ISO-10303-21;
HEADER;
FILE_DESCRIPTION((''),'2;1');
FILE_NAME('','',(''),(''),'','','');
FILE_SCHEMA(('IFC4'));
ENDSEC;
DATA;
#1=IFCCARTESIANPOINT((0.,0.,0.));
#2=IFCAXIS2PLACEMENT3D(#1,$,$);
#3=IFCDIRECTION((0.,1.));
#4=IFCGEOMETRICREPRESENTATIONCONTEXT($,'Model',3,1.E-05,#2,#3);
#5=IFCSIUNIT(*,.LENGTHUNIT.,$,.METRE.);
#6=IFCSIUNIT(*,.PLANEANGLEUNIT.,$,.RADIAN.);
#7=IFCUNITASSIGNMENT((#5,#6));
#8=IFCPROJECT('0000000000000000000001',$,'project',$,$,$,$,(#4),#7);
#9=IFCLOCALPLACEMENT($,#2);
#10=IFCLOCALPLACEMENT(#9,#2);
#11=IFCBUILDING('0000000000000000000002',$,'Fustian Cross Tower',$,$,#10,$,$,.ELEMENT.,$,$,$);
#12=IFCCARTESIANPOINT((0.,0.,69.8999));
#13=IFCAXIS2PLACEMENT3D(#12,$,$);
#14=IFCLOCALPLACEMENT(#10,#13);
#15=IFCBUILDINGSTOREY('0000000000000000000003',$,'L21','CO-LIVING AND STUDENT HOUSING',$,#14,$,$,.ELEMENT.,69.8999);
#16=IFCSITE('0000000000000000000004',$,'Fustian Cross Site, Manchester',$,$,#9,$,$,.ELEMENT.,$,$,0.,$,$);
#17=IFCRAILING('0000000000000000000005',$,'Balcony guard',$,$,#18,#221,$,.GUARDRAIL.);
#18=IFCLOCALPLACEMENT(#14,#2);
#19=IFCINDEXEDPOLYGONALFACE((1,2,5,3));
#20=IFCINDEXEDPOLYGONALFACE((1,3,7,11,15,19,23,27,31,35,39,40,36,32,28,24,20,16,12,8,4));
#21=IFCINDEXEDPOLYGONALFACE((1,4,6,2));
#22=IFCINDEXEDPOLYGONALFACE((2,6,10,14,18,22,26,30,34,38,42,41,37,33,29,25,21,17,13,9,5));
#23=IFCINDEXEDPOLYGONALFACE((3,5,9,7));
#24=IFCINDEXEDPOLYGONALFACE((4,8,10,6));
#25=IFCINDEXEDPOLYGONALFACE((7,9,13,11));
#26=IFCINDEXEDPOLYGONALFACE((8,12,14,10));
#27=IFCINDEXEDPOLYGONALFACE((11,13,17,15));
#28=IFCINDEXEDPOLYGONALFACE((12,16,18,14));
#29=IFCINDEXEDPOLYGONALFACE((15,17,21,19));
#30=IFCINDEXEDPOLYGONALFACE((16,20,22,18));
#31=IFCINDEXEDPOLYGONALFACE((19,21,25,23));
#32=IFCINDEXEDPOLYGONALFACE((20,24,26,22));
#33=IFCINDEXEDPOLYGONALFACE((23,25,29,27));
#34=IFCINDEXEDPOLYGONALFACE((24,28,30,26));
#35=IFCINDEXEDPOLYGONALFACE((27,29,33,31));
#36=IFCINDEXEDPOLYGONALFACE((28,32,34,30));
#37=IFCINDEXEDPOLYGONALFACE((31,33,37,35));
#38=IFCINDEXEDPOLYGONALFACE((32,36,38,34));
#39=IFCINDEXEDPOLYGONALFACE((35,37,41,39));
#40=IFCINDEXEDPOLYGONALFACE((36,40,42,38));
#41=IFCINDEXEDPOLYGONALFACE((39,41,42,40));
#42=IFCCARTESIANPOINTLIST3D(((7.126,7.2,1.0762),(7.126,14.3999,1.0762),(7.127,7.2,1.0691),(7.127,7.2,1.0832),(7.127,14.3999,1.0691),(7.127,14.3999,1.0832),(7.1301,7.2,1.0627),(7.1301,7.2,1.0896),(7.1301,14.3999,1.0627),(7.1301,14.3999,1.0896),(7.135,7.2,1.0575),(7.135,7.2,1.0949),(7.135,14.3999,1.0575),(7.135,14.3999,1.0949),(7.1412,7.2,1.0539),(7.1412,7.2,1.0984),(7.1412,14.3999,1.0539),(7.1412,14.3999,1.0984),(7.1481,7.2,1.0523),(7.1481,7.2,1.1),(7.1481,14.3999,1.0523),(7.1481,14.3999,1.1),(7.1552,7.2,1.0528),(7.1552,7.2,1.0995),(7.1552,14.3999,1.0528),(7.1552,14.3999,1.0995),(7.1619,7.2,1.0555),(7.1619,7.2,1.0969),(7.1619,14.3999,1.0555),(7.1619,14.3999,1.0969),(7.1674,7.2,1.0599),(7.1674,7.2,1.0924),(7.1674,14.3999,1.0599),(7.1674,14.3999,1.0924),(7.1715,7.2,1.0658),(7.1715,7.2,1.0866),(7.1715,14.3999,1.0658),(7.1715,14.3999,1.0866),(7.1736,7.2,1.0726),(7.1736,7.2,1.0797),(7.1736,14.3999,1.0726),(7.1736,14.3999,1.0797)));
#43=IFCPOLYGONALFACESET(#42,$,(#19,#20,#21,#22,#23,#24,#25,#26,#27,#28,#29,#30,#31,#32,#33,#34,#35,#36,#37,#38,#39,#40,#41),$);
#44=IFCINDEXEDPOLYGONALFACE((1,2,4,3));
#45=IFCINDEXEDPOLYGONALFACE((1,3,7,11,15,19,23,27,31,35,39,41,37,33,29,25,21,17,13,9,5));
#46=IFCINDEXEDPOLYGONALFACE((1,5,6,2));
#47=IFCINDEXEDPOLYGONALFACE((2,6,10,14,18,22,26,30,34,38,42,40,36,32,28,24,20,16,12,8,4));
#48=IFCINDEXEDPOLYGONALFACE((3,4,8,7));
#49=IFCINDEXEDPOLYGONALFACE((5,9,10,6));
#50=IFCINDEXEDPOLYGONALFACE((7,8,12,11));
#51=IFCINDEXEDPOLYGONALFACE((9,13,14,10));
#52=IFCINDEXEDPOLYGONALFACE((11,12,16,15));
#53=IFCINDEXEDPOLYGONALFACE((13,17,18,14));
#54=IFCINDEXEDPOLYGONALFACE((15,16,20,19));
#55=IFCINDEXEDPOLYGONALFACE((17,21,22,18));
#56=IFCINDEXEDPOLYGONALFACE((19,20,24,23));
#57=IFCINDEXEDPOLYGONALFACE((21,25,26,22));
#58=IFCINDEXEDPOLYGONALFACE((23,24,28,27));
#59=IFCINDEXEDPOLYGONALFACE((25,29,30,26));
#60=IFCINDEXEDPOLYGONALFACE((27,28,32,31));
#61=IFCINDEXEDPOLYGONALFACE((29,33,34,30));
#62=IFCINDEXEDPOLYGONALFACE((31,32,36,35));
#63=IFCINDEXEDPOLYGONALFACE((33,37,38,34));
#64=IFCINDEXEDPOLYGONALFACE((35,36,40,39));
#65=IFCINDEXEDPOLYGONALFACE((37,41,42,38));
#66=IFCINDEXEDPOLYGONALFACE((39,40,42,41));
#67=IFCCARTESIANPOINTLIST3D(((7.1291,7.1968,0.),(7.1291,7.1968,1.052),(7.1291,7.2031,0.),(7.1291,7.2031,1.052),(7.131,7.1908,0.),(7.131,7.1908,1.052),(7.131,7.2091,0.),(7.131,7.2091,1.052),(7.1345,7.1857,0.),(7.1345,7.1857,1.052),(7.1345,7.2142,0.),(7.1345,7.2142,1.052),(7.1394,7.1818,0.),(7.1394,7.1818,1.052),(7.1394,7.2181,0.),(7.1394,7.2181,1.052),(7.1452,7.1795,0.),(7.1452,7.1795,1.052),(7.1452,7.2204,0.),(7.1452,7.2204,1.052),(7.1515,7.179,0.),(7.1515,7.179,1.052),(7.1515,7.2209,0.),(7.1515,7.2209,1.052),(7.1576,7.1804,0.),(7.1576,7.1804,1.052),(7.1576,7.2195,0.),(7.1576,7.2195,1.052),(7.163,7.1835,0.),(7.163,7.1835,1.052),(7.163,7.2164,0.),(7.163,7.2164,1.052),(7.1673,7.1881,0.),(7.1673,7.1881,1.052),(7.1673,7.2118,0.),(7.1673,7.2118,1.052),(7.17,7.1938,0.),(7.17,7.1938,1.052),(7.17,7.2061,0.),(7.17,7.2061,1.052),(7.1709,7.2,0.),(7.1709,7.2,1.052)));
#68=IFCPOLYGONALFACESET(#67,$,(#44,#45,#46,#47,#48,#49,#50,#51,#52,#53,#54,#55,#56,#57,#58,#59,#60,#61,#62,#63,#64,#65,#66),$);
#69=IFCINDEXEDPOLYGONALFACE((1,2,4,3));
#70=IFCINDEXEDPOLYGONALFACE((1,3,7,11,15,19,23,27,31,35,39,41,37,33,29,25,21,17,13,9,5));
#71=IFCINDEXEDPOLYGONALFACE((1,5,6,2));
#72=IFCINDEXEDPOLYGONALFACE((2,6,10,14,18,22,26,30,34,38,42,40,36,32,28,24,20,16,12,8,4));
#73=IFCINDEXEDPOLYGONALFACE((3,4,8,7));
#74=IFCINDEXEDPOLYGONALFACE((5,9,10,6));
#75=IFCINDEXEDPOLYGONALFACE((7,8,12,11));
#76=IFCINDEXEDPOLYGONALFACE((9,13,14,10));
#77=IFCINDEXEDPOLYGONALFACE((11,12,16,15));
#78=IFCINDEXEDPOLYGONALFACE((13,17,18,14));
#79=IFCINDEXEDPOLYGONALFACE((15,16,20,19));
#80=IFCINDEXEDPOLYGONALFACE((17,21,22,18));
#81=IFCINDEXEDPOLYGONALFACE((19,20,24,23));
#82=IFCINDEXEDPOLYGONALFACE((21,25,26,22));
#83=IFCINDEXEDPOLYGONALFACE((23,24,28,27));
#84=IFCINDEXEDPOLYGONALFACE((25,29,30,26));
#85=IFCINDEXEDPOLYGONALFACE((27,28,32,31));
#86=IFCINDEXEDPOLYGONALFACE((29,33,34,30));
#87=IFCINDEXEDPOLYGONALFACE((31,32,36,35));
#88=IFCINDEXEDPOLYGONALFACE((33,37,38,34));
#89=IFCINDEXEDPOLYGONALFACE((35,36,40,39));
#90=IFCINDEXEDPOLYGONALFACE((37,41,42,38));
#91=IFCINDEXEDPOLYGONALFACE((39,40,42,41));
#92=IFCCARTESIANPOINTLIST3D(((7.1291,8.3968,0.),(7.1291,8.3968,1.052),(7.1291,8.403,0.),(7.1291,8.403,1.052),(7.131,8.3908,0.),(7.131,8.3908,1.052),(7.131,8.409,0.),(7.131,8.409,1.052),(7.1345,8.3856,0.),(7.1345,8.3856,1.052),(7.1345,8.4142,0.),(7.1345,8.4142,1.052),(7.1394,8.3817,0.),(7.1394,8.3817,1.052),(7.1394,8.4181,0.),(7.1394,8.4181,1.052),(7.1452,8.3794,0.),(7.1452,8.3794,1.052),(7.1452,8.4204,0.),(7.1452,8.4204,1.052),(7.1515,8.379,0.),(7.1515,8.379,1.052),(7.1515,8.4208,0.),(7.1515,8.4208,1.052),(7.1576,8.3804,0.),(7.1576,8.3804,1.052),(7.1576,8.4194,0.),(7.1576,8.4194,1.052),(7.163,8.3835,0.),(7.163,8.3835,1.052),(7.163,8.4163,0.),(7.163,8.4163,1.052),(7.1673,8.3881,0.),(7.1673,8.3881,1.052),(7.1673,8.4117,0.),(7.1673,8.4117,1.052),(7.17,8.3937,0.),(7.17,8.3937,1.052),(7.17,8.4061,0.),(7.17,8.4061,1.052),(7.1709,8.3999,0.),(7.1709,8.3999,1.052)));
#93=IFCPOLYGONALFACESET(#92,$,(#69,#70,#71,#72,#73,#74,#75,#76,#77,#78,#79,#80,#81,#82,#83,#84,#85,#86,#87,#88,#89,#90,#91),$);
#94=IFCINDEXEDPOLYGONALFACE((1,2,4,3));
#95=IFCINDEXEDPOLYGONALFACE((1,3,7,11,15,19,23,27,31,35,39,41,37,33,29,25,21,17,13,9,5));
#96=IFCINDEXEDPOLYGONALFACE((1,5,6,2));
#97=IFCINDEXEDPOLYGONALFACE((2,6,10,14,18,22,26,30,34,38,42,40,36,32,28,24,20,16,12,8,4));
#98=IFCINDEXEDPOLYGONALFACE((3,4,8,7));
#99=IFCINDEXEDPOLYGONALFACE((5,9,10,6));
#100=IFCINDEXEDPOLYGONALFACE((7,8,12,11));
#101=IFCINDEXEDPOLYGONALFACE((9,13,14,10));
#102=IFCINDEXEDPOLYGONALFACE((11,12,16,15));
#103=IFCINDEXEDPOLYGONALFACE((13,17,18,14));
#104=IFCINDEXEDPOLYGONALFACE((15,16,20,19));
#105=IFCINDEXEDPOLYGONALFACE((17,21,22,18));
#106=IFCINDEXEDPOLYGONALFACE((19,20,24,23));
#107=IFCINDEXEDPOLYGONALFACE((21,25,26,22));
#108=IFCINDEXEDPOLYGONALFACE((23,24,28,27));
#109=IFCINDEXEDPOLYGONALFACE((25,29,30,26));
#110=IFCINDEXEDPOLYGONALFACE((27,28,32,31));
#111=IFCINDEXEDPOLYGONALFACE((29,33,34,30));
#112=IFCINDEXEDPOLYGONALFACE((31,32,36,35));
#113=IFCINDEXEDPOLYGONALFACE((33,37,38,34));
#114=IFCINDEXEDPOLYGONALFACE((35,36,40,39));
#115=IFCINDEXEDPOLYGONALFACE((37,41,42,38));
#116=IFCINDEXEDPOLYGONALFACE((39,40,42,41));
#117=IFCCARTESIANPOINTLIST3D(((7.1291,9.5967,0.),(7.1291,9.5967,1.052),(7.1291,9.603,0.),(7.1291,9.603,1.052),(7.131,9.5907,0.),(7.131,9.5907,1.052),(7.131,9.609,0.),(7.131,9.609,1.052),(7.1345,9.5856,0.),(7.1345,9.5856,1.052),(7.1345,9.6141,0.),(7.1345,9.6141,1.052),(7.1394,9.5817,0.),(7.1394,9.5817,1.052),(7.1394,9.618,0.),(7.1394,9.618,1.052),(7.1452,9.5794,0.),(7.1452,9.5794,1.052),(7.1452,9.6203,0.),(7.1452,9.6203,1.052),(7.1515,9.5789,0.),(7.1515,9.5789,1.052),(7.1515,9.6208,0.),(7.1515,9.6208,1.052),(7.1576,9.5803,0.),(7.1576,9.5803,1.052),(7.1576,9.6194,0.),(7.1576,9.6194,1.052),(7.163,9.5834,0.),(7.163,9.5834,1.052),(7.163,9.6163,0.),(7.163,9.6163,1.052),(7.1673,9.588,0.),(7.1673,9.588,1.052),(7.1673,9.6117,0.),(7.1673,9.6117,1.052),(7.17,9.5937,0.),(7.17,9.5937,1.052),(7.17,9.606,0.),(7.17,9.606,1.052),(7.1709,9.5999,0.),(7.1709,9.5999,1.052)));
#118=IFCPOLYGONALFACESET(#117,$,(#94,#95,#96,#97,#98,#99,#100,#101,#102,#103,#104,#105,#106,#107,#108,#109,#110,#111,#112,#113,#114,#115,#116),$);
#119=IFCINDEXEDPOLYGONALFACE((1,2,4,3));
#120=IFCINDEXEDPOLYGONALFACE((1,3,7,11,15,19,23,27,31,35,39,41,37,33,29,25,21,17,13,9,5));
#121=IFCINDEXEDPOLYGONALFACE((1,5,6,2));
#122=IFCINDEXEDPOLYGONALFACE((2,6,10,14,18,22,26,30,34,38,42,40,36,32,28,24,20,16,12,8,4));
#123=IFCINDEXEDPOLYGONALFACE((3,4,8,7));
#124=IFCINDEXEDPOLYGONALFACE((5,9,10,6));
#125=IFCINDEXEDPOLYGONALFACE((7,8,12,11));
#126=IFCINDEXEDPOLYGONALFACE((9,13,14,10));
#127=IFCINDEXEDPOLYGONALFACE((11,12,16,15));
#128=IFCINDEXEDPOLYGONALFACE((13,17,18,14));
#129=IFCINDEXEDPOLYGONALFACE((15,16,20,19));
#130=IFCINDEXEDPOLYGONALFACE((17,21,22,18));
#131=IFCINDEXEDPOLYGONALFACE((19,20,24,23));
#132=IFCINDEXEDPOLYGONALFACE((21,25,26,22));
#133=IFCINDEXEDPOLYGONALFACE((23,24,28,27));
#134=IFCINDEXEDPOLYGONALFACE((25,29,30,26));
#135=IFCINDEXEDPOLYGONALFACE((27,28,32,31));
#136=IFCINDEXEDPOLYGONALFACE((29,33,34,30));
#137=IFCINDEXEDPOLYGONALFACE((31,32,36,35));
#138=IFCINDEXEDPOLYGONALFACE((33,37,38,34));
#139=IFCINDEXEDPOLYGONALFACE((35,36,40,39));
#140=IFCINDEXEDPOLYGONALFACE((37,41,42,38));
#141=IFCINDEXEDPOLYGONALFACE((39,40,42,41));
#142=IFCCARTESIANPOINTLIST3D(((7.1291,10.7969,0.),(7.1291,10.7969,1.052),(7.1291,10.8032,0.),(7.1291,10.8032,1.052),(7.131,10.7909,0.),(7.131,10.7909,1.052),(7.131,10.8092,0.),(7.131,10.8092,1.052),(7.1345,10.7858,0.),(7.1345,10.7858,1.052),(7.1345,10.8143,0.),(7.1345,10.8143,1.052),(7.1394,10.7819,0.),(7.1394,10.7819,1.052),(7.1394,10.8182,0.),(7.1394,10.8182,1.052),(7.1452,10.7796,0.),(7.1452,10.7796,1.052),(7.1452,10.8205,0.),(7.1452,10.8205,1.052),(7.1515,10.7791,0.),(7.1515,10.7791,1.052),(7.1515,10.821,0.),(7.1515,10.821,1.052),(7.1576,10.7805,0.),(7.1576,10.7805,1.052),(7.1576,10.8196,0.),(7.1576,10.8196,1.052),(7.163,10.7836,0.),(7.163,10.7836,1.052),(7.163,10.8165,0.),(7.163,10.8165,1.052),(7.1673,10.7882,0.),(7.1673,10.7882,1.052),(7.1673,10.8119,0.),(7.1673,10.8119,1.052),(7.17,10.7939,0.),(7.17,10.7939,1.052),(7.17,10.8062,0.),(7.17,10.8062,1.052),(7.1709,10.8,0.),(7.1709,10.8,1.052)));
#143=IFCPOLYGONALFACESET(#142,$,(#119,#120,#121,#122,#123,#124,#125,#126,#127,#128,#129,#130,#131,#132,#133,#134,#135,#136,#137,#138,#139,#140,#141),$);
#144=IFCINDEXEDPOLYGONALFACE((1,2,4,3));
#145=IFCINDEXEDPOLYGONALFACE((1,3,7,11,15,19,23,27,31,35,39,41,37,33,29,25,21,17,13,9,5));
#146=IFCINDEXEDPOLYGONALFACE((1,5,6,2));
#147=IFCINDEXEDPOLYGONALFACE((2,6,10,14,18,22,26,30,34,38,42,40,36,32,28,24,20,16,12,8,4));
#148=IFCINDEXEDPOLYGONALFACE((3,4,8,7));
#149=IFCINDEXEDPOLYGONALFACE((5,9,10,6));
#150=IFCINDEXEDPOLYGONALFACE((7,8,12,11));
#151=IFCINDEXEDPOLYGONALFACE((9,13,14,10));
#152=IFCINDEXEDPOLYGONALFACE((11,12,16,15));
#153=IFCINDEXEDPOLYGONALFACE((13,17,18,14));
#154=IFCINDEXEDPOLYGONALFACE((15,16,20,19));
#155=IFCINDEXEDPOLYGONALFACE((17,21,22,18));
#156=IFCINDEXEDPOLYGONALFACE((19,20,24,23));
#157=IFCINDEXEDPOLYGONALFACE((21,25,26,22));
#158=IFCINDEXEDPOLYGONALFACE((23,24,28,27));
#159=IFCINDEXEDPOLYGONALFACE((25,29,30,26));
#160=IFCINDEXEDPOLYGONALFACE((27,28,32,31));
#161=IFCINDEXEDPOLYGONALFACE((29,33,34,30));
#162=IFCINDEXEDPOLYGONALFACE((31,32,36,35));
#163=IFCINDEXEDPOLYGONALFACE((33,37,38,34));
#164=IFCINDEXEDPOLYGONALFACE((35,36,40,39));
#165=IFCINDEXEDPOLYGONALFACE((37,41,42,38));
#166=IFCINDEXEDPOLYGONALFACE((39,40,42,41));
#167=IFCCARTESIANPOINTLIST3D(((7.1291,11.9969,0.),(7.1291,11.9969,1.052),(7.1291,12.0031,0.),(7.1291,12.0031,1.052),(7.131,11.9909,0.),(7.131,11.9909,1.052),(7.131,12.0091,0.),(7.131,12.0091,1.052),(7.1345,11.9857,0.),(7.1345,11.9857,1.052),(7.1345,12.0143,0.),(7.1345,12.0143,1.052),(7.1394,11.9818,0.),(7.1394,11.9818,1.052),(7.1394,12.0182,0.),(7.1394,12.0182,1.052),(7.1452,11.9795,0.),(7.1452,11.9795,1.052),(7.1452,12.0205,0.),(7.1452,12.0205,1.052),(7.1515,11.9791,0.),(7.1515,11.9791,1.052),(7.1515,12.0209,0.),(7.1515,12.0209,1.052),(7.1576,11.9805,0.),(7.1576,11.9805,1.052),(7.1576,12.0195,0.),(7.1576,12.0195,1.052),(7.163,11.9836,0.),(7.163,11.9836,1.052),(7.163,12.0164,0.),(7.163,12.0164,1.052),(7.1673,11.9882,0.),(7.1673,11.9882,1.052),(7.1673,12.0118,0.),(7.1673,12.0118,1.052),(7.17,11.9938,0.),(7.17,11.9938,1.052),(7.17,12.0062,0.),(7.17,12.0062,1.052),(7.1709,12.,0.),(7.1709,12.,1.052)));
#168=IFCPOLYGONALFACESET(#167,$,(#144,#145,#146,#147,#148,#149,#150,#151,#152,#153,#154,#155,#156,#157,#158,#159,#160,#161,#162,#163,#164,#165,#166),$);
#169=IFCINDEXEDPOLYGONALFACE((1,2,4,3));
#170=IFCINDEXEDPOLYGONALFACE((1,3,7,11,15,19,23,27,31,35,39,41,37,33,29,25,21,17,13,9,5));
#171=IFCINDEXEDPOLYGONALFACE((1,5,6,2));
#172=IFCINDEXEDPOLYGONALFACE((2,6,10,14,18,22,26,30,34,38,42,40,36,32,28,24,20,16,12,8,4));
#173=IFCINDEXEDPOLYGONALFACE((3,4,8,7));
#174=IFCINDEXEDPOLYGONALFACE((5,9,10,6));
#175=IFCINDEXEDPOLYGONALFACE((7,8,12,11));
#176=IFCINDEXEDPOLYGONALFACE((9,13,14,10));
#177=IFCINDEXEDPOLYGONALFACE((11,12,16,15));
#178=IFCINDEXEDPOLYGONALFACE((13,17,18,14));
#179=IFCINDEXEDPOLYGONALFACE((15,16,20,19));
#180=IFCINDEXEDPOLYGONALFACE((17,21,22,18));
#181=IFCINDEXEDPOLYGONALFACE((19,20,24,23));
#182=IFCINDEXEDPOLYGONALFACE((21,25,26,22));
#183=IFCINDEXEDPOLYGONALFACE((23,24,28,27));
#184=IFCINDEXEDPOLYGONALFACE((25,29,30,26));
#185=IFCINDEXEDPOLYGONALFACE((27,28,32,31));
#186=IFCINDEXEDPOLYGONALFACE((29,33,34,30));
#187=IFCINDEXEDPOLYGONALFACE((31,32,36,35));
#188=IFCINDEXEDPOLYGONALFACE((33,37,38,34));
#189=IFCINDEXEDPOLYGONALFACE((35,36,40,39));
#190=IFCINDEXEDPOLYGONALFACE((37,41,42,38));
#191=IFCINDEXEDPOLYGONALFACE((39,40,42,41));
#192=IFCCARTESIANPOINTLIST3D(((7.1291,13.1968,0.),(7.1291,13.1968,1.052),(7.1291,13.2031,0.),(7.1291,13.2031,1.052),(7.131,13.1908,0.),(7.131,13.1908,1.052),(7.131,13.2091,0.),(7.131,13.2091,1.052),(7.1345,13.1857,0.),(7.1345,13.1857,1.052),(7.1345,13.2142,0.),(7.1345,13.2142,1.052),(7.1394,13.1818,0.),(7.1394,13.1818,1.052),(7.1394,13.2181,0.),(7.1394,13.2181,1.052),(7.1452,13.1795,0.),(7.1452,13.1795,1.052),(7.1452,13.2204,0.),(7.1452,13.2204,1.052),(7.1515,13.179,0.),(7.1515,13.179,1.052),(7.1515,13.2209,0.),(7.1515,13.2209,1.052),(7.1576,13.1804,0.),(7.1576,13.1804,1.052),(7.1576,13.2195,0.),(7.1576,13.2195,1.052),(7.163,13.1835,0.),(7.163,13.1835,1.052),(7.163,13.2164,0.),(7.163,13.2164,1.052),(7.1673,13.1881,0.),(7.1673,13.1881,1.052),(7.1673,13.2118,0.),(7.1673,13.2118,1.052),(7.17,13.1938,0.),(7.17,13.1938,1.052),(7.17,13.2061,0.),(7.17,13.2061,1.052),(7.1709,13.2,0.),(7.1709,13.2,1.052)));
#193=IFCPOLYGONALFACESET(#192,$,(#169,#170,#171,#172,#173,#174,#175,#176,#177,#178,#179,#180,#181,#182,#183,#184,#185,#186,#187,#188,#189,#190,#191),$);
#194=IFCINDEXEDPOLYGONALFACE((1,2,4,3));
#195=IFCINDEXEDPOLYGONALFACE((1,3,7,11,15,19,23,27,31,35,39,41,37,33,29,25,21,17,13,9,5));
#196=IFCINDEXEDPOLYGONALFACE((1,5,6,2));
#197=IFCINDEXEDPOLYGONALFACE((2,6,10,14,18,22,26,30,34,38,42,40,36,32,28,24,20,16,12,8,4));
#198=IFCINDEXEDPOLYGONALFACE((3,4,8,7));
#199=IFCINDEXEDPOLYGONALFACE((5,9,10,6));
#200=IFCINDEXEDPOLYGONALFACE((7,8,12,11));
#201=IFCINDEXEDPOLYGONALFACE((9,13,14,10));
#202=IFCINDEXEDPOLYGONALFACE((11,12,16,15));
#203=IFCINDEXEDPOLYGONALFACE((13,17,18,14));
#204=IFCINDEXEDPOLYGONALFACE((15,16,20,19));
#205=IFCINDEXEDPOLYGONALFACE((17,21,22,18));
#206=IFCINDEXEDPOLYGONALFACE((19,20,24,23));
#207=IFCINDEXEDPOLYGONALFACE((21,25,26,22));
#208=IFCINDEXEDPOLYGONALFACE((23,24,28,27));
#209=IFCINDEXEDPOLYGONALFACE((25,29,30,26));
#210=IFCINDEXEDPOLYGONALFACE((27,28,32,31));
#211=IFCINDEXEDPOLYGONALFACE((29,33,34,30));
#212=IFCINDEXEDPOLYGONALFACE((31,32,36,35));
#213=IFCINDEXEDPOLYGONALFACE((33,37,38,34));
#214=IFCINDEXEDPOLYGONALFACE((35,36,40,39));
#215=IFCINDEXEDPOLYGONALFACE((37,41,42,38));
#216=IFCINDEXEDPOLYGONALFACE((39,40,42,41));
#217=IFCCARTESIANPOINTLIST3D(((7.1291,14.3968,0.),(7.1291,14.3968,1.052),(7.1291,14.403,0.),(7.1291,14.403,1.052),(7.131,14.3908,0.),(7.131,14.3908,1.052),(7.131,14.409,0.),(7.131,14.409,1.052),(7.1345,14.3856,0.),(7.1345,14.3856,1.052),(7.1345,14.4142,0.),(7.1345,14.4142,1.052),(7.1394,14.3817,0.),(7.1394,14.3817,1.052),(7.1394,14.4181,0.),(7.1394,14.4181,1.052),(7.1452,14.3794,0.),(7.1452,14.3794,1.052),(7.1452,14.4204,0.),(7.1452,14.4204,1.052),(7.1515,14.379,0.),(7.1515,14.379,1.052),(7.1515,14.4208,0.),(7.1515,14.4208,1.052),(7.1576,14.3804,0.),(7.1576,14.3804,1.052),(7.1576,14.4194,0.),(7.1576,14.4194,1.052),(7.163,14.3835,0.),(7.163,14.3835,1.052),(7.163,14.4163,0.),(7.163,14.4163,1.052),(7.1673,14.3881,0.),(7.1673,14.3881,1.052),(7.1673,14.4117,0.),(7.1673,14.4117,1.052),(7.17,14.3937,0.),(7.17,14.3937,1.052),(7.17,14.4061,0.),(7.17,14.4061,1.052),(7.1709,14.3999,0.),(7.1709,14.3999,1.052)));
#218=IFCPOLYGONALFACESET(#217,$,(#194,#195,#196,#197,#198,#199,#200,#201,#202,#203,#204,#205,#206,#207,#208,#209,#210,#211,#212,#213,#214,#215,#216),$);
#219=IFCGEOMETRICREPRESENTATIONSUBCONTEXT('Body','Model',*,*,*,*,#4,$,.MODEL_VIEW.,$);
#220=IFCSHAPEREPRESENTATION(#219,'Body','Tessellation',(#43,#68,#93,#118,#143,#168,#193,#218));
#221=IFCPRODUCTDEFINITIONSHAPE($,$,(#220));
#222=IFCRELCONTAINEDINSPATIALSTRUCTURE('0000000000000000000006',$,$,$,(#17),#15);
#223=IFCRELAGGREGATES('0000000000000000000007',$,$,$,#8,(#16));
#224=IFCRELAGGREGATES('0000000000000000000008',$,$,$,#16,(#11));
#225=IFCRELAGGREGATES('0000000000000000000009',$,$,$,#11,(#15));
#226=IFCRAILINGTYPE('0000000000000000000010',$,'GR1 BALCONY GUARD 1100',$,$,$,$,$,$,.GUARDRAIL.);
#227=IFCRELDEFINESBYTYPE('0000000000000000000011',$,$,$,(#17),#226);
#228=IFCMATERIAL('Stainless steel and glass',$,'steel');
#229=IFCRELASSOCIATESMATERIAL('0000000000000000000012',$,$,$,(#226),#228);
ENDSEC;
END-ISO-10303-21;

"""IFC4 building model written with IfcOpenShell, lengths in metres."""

from ifc_helpers import new_model, si_unit, direction, frame, origin, origin_2d, place, context, subcontext, project, spatial, circle, extrude, material, type_object, element, save


model = new_model("IFC4")

# Units and contexts
model_context = context("Model", 3, precision=1e-05, world=origin(), true_north=direction((0.0, 1.0)))
body_context = subcontext(model_context, "Body", "Model", "MODEL_VIEW")
ifc_project = project(units=[si_unit("LENGTHUNIT", "METRE"), si_unit("PLANEANGLEUNIT", "RADIAN")], contexts=[model_context])

# Site, building, storey
site_placement = place(None, origin())
site = spatial("IfcSite", under=ifc_project, at=site_placement, Name="Fustian Cross Site, Manchester", CompositionType="ELEMENT", RefElevation=0.0)
building_placement = place(site_placement, origin())
building = spatial("IfcBuilding", under=site, at=building_placement, Name="Fustian Cross Tower", CompositionType="ELEMENT")
storey_placement = place(building_placement, frame((0.0, 0.0, 69.8999)))
storey = spatial("IfcBuildingStorey", under=building, at=storey_placement, Name="L21", Description="CO-LIVING AND STUDENT HOUSING", CompositionType="ELEMENT", Elevation=69.8999)

# Railing
ifc_material_1 = material(Name="Stainless steel and glass", Category="steel")
railing_type = type_object("IfcRailingType", Name="GR1 BALCONY GUARD 1100", PredefinedType="GUARDRAIL", material=ifc_material_1)
railing_placement = place(storey_placement, frame((7.1499, 7.2, 0.0)))
element("IfcRailing", 1, at=railing_placement, inside=storey, type_object=railing_type, Name="Balcony guard", PredefinedType="GUARDRAIL", context=body_context, shape_type="SweptSolid", body=[
    extrude(circle(Radius=0.0239, at=origin_2d()), frame((0.0, 0.0, 1.0762), z_axis=(0.0, 1.0, 0.0), x_axis=(-1.0, 0.0, 0.0)), (0.0, 0.0, 1.0), 7.2),
    extrude(circle(Radius=0.021, at=origin_2d()), origin(), (0.0, 0.0, 1.0), 1.052),
    extrude(circle(Radius=0.021, at=origin_2d()), frame((0.0, 1.2, 0.0)), (0.0, 0.0, 1.0), 1.052),
    extrude(circle(Radius=0.021, at=origin_2d()), frame((0.0, 2.3999, 0.0)), (0.0, 0.0, 1.0), 1.052),
    extrude(circle(Radius=0.021, at=origin_2d()), frame((0.0, 3.6001, 0.0)), (0.0, 0.0, 1.0), 1.052),
    extrude(circle(Radius=0.021, at=origin_2d()), frame((0.0, 4.8, 0.0)), (0.0, 0.0, 1.0), 1.052),
    extrude(circle(Radius=0.021, at=origin_2d()), frame((0.0, 6.0, 0.0)), (0.0, 0.0, 1.0), 1.052),
    extrude(circle(Radius=0.021, at=origin_2d()), frame((0.0, 7.2, 0.0)), (0.0, 0.0, 1.0), 1.052),
])

save(model, "model.ifc")
